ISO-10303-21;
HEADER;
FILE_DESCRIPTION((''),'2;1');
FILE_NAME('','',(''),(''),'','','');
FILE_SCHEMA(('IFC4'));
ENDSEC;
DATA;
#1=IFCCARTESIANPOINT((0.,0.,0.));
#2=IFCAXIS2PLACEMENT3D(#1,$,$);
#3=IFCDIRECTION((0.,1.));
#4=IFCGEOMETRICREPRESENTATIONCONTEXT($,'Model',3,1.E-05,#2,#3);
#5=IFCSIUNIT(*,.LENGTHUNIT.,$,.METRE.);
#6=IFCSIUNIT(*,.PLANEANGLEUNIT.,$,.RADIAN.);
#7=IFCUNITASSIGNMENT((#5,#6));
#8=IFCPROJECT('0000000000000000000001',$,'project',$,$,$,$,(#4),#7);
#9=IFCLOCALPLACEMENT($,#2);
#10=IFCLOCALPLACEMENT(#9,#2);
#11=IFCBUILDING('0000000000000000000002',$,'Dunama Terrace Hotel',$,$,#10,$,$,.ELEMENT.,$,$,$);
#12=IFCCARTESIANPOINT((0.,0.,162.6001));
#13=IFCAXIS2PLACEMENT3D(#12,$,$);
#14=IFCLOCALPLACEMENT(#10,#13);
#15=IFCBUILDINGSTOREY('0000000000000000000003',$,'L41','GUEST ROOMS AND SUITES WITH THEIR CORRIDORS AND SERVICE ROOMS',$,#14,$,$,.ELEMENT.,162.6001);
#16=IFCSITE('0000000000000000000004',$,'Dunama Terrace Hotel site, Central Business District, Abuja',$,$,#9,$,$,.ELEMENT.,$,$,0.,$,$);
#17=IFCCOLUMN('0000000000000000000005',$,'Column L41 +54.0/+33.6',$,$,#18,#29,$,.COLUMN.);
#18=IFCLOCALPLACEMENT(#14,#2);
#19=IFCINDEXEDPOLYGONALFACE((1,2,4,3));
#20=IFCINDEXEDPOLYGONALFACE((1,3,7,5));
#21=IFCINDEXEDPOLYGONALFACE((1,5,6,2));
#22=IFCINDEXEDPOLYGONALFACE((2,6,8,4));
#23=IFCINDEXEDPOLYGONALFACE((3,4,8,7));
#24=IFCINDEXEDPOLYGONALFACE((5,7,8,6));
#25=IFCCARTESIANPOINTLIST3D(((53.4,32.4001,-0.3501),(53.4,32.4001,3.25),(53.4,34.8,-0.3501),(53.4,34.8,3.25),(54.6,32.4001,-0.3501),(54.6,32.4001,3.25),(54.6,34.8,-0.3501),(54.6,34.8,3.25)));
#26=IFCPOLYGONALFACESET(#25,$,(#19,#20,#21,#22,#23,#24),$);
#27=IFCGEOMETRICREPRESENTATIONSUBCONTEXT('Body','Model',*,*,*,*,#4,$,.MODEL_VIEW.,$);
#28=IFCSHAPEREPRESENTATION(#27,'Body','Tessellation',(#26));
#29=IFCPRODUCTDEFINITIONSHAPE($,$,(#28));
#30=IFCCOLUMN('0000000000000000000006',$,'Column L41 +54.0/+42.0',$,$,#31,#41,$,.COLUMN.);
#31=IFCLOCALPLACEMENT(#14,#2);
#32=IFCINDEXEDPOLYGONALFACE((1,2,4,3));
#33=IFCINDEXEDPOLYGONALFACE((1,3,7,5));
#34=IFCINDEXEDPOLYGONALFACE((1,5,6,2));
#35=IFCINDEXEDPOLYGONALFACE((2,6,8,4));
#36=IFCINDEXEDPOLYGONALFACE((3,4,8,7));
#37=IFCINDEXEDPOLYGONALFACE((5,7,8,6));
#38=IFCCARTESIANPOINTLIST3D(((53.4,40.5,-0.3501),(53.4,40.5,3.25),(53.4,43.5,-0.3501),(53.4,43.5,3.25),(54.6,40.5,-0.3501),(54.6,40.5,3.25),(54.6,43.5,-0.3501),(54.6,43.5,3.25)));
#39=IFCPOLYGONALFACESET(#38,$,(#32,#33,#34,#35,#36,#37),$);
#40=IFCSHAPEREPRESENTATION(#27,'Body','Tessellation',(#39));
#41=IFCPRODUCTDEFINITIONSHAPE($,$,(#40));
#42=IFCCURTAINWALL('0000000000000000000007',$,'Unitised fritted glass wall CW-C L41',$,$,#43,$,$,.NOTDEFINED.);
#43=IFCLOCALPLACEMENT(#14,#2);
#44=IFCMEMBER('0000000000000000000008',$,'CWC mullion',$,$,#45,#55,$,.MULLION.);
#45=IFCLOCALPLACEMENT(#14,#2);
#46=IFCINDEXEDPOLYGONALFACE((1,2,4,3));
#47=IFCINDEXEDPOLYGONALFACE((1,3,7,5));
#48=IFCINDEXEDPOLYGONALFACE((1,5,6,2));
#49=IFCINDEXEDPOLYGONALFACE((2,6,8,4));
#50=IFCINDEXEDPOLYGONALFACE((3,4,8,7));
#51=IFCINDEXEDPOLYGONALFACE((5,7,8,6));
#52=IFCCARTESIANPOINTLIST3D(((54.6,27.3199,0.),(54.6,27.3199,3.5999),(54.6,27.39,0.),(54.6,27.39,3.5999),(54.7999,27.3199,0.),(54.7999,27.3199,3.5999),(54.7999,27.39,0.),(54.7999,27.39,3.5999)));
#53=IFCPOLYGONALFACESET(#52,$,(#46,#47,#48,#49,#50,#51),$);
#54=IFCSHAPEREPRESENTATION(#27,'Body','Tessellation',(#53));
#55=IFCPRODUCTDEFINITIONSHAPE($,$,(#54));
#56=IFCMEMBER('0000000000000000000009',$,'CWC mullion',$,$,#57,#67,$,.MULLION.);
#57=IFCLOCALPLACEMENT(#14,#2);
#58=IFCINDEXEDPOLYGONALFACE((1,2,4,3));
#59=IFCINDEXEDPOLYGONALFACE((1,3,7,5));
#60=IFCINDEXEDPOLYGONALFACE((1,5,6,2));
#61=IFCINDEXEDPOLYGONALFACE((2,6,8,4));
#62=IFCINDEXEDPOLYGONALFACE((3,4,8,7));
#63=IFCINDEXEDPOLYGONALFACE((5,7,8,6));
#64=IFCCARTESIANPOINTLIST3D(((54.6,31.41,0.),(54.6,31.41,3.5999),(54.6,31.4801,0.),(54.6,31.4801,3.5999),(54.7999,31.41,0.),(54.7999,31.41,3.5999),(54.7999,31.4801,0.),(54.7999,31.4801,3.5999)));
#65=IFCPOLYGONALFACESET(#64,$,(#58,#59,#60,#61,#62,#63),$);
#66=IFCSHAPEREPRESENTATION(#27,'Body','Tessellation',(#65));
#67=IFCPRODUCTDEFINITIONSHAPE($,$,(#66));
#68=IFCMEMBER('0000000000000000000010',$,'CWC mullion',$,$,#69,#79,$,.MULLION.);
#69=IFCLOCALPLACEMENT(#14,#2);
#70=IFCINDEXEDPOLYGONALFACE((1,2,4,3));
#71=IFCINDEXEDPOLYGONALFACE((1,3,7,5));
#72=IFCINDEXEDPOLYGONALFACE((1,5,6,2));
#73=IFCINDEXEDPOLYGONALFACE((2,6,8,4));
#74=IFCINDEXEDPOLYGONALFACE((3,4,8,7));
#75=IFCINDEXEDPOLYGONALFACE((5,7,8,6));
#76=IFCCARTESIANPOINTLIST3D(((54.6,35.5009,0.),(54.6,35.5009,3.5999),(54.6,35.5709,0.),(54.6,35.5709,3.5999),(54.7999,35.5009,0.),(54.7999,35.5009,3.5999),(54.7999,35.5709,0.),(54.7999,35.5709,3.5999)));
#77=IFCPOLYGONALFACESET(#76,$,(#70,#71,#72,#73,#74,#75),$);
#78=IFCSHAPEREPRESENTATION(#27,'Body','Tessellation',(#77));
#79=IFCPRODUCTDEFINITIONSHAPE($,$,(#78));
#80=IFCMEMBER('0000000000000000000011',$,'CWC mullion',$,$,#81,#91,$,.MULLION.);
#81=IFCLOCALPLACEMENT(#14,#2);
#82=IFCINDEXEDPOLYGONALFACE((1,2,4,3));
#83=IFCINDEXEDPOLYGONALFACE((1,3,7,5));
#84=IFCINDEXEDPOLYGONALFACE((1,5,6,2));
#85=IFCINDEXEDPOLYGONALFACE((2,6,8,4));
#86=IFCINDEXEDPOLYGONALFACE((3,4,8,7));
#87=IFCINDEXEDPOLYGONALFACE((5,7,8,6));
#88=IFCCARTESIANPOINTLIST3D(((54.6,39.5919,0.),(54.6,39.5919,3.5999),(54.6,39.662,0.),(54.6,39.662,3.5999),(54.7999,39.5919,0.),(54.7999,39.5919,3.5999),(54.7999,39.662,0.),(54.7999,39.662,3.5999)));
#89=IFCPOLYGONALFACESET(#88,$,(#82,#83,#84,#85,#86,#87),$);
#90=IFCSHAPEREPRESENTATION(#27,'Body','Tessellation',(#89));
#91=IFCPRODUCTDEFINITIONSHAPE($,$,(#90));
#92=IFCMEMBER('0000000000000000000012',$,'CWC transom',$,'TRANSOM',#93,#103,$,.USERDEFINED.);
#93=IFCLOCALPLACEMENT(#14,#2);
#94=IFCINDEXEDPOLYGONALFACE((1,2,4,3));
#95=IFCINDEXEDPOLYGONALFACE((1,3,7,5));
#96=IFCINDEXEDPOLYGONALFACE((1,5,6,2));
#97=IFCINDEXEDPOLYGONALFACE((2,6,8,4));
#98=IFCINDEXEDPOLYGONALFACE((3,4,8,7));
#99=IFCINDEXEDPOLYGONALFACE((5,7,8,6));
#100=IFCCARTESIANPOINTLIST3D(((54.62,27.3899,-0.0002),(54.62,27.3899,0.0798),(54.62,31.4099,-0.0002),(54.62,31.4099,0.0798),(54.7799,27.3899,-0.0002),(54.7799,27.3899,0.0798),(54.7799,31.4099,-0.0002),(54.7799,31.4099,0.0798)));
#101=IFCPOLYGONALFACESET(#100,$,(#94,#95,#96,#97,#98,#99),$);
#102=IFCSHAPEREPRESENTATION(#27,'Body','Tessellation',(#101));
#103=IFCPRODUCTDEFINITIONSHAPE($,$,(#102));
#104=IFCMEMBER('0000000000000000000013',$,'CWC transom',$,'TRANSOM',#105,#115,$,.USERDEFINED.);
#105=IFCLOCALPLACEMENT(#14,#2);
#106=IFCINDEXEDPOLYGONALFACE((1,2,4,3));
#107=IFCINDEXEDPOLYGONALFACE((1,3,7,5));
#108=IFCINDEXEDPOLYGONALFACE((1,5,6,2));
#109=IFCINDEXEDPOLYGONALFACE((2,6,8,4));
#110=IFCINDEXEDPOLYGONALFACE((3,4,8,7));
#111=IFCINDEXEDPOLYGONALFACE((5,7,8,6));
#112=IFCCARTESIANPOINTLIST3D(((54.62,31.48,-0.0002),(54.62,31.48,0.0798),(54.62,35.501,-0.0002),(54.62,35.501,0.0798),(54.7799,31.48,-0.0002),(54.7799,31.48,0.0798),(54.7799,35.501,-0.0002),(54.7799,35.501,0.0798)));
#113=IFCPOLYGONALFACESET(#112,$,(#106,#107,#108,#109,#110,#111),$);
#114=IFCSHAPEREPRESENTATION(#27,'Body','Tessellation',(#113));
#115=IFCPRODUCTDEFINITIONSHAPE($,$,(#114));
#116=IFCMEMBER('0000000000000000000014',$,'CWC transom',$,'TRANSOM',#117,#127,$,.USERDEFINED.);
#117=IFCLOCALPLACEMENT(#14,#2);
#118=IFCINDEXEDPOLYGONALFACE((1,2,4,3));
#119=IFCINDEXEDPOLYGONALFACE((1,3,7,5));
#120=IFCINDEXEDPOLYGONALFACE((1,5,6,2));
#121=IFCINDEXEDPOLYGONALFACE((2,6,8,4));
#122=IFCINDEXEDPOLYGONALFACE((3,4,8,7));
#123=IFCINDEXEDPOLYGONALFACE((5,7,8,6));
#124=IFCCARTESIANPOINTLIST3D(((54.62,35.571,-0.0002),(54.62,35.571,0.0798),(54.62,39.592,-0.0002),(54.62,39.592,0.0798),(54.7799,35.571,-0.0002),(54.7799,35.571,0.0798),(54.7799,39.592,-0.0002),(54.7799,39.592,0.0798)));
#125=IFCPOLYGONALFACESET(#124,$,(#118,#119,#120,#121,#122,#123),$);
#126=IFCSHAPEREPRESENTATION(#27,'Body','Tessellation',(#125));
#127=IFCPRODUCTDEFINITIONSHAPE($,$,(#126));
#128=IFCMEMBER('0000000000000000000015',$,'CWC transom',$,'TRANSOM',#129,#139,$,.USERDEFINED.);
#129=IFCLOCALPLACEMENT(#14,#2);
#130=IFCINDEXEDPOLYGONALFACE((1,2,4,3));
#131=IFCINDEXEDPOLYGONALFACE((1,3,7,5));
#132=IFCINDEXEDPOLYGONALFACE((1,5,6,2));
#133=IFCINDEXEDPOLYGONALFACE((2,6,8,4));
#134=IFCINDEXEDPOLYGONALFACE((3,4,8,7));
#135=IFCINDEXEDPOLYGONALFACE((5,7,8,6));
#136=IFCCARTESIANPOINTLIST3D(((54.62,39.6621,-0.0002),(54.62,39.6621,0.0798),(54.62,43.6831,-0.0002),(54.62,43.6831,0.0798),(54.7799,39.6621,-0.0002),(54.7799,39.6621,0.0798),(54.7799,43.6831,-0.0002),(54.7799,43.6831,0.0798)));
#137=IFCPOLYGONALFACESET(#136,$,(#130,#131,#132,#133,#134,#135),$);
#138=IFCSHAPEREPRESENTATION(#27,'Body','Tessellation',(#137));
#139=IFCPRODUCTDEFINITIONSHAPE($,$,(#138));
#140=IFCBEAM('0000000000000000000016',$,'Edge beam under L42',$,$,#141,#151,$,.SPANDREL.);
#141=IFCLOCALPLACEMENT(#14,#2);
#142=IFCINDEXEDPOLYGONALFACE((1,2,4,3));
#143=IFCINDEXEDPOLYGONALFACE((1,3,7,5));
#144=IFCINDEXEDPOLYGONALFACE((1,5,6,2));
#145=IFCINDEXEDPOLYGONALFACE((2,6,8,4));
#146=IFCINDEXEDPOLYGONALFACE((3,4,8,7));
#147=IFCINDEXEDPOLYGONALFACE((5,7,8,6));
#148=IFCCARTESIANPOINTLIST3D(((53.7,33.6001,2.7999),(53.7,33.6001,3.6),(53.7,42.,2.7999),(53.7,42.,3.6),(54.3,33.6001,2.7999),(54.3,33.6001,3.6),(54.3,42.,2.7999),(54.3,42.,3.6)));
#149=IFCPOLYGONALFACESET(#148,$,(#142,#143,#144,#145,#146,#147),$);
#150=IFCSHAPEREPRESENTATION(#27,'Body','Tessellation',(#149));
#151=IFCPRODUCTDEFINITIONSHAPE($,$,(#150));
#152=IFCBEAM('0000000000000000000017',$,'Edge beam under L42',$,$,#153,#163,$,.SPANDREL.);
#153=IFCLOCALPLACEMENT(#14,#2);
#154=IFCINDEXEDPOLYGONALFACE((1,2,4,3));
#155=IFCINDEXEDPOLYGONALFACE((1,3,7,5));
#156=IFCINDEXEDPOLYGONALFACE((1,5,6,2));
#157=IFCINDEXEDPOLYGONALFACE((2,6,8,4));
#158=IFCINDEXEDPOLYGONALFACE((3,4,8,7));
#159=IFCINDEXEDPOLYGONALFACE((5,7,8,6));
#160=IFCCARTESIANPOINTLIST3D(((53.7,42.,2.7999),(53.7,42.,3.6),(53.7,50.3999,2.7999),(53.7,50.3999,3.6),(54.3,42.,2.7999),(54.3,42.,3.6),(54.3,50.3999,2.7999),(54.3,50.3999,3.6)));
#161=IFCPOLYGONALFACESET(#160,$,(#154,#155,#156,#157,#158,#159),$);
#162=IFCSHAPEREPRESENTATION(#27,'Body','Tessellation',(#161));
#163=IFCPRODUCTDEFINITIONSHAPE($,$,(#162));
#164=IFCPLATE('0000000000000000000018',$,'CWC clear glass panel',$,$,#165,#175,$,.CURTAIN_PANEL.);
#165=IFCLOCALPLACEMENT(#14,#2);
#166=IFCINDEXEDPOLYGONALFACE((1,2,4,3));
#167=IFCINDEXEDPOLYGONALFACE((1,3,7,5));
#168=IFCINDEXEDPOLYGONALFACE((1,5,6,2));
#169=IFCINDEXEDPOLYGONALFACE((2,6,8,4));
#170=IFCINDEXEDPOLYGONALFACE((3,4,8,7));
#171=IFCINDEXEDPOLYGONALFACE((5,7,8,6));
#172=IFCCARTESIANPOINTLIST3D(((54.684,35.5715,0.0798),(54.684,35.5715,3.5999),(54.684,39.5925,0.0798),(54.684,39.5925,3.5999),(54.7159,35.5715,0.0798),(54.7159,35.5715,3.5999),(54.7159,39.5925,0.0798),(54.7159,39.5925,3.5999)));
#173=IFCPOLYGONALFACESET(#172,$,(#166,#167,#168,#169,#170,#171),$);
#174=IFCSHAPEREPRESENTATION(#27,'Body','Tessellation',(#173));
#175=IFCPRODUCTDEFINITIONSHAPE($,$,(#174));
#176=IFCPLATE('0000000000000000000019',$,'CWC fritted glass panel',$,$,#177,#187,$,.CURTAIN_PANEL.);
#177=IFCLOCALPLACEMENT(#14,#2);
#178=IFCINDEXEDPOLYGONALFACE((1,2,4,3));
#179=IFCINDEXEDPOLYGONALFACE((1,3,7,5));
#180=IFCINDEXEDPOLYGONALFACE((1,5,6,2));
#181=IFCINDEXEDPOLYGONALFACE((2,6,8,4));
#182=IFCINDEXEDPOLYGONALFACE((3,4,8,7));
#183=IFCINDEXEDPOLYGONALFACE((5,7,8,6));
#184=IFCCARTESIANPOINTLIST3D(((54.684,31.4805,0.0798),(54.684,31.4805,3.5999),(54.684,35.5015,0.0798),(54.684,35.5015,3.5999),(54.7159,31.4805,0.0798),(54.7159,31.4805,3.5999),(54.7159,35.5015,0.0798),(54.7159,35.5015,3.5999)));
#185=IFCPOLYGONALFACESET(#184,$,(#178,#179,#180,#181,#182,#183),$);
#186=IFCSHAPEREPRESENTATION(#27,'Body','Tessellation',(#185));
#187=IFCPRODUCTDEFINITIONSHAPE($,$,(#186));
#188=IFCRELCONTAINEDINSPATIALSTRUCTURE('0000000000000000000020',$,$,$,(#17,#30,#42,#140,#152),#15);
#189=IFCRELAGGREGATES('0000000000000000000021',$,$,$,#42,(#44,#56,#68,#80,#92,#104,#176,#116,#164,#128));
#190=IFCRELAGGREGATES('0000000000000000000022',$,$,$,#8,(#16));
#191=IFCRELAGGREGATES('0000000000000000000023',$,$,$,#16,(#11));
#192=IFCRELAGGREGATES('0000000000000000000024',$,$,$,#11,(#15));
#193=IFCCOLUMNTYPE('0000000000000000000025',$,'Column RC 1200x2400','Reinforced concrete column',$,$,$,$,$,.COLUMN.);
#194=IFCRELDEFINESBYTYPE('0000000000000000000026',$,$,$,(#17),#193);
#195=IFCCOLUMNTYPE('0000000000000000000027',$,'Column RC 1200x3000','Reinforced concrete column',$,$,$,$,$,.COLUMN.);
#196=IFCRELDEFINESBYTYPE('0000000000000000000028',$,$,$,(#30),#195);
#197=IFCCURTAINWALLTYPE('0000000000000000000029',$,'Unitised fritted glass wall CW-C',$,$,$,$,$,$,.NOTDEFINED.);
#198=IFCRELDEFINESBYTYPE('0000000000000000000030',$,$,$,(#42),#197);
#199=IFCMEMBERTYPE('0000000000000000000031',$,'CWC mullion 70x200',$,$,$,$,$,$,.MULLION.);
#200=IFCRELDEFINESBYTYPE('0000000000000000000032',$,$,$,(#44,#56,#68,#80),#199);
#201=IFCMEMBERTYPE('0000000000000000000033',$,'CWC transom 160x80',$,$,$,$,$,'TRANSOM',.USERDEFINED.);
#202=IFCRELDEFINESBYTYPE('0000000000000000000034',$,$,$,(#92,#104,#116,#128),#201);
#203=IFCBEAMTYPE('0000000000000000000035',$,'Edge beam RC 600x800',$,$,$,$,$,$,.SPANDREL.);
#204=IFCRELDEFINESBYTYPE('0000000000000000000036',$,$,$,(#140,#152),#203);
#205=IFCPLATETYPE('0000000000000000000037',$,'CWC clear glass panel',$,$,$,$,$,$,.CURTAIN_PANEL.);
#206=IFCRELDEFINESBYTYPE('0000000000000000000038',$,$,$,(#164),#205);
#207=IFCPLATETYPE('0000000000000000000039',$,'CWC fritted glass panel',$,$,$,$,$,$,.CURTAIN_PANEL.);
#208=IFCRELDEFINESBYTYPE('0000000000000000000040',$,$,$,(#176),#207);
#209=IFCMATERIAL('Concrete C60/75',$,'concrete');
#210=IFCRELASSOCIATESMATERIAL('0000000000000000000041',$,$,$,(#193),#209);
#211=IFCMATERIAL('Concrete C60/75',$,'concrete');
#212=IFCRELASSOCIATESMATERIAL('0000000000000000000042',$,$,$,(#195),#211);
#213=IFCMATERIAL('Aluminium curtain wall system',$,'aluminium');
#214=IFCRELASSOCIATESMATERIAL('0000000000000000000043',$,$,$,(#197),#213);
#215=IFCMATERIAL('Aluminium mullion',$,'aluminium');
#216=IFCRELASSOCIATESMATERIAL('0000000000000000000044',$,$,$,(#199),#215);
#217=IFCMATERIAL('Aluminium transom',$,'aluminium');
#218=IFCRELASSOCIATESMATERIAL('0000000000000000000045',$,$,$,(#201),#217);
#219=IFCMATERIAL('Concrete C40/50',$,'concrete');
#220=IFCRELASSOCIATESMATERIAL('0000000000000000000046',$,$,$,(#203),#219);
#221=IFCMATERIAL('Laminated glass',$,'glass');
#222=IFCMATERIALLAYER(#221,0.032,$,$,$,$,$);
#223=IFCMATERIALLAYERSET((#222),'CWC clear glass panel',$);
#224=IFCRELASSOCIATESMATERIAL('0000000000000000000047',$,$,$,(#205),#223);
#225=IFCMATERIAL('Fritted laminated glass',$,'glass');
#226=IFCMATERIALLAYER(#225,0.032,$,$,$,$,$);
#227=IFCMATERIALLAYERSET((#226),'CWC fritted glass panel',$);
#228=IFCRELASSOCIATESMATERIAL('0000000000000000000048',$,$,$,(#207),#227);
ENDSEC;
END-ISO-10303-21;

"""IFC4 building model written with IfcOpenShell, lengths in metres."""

from ifc_helpers import new_model, si_unit, direction, frame, origin, origin_2d, place, context, subcontext, project, spatial, rectangle, extrude, material, layer, layer_set, material_profile, profile_set, type_object, element, aggregate, save


model = new_model("IFC4")

# Units and contexts
model_context = context("Model", 3, precision=1e-05, world=origin(), true_north=direction((0.0, 1.0)))
body_context = subcontext(model_context, "Body", "Model", "MODEL_VIEW")
ifc_project = project(units=[si_unit("LENGTHUNIT", "METRE"), si_unit("PLANEANGLEUNIT", "RADIAN")], contexts=[model_context])

# Site, building, storey
site_placement = place(None, origin())
site = spatial("IfcSite", under=ifc_project, at=site_placement, Name="Dunama Terrace Hotel site, Central Business District, Abuja", CompositionType="ELEMENT", RefElevation=0.0)
building_placement = place(site_placement, origin())
building = spatial("IfcBuilding", under=site, at=building_placement, Name="Dunama Terrace Hotel", CompositionType="ELEMENT")
storey_placement = place(building_placement, frame((0.0, 0.0, 162.6001)))
storey = spatial("IfcBuildingStorey", under=building, at=storey_placement, Name="L41", Description="GUEST ROOMS AND SUITES WITH THEIR CORRIDORS AND SERVICE ROOMS", CompositionType="ELEMENT", Elevation=162.6001)

# Columns
ifc_material_1 = material(Name="Concrete C60/75", Category="concrete")
ifc_material_profile_1 = material_profile(ifc_material_1, rectangle(XDim=1.2, YDim=2.3999, at=origin_2d()), Name="RC 1200x2400")
ifc_profile_set_1 = profile_set([ifc_material_profile_1], Name="Concrete C60/75")
column_type_1 = type_object("IfcColumnType", Name="Column RC 1200x2400", Description="Reinforced concrete column", PredefinedType="COLUMN", material=ifc_profile_set_1)
column_1_placement = place(storey_placement, frame((54.0, 33.6001, -0.3501), z_axis=(0.0, 0.0, 1.0), x_axis=(1.0, 0.0, 0.0)))
element("IfcColumn", 1, at=column_1_placement, inside=storey, type_object=column_type_1, Name="Column L41 +54.0/+33.6", PredefinedType="COLUMN", context=body_context, shape_type="SweptSolid", body=[
    extrude(rectangle(XDim=1.2, YDim=2.3999, at=origin_2d()), origin(), (0.0, 0.0, 1.0), 3.6001),
])
ifc_material_2 = material(Name="Concrete C60/75", Category="concrete")
ifc_material_profile_2 = material_profile(ifc_material_2, rectangle(XDim=1.2, YDim=3.0, at=origin_2d()), Name="RC 1200x3000")
ifc_profile_set_2 = profile_set([ifc_material_profile_2], Name="Concrete C60/75")
column_type_2 = type_object("IfcColumnType", Name="Column RC 1200x3000", Description="Reinforced concrete column", PredefinedType="COLUMN", material=ifc_profile_set_2)
column_2_placement = place(storey_placement, frame((54.0, 42.0, -0.3501), z_axis=(0.0, 0.0, 1.0), x_axis=(1.0, 0.0, 0.0)))
element("IfcColumn", 2, at=column_2_placement, inside=storey, type_object=column_type_2, Name="Column L41 +54.0/+42.0", PredefinedType="COLUMN", context=body_context, shape_type="SweptSolid", body=[
    extrude(rectangle(XDim=1.2, YDim=3.0, at=origin_2d()), origin(), (0.0, 0.0, 1.0), 3.6001),
])

# Curtain wall, members
ifc_material_3 = material(Name="Aluminium curtain wall system", Category="aluminium")
curtain_wall_type = type_object("IfcCurtainWallType", Name="Unitised fritted glass wall CW-C", PredefinedType="NOTDEFINED", material=ifc_material_3)
curtain_wall_placement = place(storey_placement, origin())
curtain_wall = element("IfcCurtainWall", 3, at=curtain_wall_placement, inside=storey, type_object=curtain_wall_type, Name="Unitised fritted glass wall CW-C L41", PredefinedType="NOTDEFINED")
ifc_material_4 = material(Name="Aluminium mullion", Category="aluminium")
ifc_material_profile_3 = material_profile(ifc_material_4, rectangle(XDim=0.0701, YDim=0.2, at=origin_2d()), Name="CWC MULLION 70X200")
ifc_profile_set_3 = profile_set([ifc_material_profile_3], Name="Aluminium mullion")
member_type_1 = type_object("IfcMemberType", Name="CWC mullion 70x200", PredefinedType="MULLION", material=ifc_profile_set_3)
member_1_placement = place(storey_placement, frame((54.7, 27.355, 0.0), z_axis=(0.0, 0.0, 1.0), x_axis=(0.0, 1.0, 0.0)))
member_1 = element("IfcMember", 4, at=member_1_placement, type_object=member_type_1, Name="CWC mullion", PredefinedType="MULLION", context=body_context, shape_type="SweptSolid", body=[
    extrude(rectangle(XDim=0.0701, YDim=0.2, at=origin_2d()), origin(), (0.0, 0.0, 1.0), 3.5999),
])
member_2_placement = place(storey_placement, frame((54.7, 31.4451, 0.0), z_axis=(0.0, 0.0, 1.0), x_axis=(0.0, 1.0, 0.0)))
member_2 = element("IfcMember", 5, at=member_2_placement, type_object=member_type_1, Name="CWC mullion", PredefinedType="MULLION", context=body_context, shape_type="SweptSolid", body=[
    extrude(rectangle(XDim=0.0701, YDim=0.2, at=origin_2d()), origin(), (0.0, 0.0, 1.0), 3.5999),
])
member_3_placement = place(storey_placement, frame((54.7, 35.5359, 0.0), z_axis=(0.0, 0.0, 1.0), x_axis=(0.0, 1.0, 0.0)))
member_3 = element("IfcMember", 6, at=member_3_placement, type_object=member_type_1, Name="CWC mullion", PredefinedType="MULLION", context=body_context, shape_type="SweptSolid", body=[
    extrude(rectangle(XDim=0.0701, YDim=0.2, at=origin_2d()), origin(), (0.0, 0.0, 1.0), 3.5999),
])
member_4_placement = place(storey_placement, frame((54.7, 39.627, 0.0), z_axis=(0.0, 0.0, 1.0), x_axis=(0.0, 1.0, 0.0)))
member_4 = element("IfcMember", 7, at=member_4_placement, type_object=member_type_1, Name="CWC mullion", PredefinedType="MULLION", context=body_context, shape_type="SweptSolid", body=[
    extrude(rectangle(XDim=0.0701, YDim=0.2, at=origin_2d()), origin(), (0.0, 0.0, 1.0), 3.5999),
])
ifc_material_5 = material(Name="Aluminium transom", Category="aluminium")
ifc_material_profile_4 = material_profile(ifc_material_5, rectangle(XDim=0.1599, YDim=0.0801, at=origin_2d()), Name="CWC TRANSOM 160X80")
ifc_profile_set_4 = profile_set([ifc_material_profile_4], Name="Aluminium transom")
member_type_2 = type_object("IfcMemberType", Name="CWC transom 160x80", ElementType="TRANSOM", PredefinedType="USERDEFINED", material=ifc_profile_set_4)
member_5_placement = place(storey_placement, frame((54.7, 27.3899, 0.0398), z_axis=(0.0, 1.0, 0.0), x_axis=(-1.0, 0.0, 0.0)))
member_5 = element("IfcMember", 8, at=member_5_placement, type_object=member_type_2, Name="CWC transom", ObjectType="TRANSOM", PredefinedType="USERDEFINED", context=body_context, shape_type="SweptSolid", body=[
    extrude(rectangle(XDim=0.1599, YDim=0.0801, at=origin_2d()), origin(), (0.0, 0.0, 1.0), 4.02),
])
member_6_placement = place(storey_placement, frame((54.7, 31.48, 0.0398), z_axis=(0.0, 1.0, 0.0), x_axis=(-1.0, 0.0, 0.0)))
member_6 = element("IfcMember", 9, at=member_6_placement, type_object=member_type_2, Name="CWC transom", ObjectType="TRANSOM", PredefinedType="USERDEFINED", context=body_context, shape_type="SweptSolid", body=[
    extrude(rectangle(XDim=0.1599, YDim=0.0801, at=origin_2d()), origin(), (0.0, 0.0, 1.0), 4.021),
])
member_7_placement = place(storey_placement, frame((54.7, 35.571, 0.0398), z_axis=(0.0, 1.0, 0.0), x_axis=(-1.0, 0.0, 0.0)))
member_7 = element("IfcMember", 10, at=member_7_placement, type_object=member_type_2, Name="CWC transom", ObjectType="TRANSOM", PredefinedType="USERDEFINED", context=body_context, shape_type="SweptSolid", body=[
    extrude(rectangle(XDim=0.1599, YDim=0.0801, at=origin_2d()), origin(), (0.0, 0.0, 1.0), 4.021),
])
member_8_placement = place(storey_placement, frame((54.7, 39.6621, 0.0398), z_axis=(0.0, 1.0, 0.0), x_axis=(-1.0, 0.0, 0.0)))
member_8 = element("IfcMember", 11, at=member_8_placement, type_object=member_type_2, Name="CWC transom", ObjectType="TRANSOM", PredefinedType="USERDEFINED", context=body_context, shape_type="SweptSolid", body=[
    extrude(rectangle(XDim=0.1599, YDim=0.0801, at=origin_2d()), origin(), (0.0, 0.0, 1.0), 4.021),
])

# Beams
ifc_material_6 = material(Name="Concrete C40/50", Category="concrete")
ifc_material_profile_5 = material_profile(ifc_material_6, rectangle(XDim=0.6001, YDim=0.8, at=origin_2d()), Name="RC 600x800")
ifc_profile_set_5 = profile_set([ifc_material_profile_5], Name="Concrete C40/50")
beam_type = type_object("IfcBeamType", Name="Edge beam RC 600x800", PredefinedType="SPANDREL", material=ifc_profile_set_5)
for number, where, z_axis, x_axis, name in (
    (12, (54.0, 33.6001, 3.2), (0.0, 1.0, 0.0), (-1.0, 0.0, 0.0), "Edge beam under L42"),
    (13, (54.0, 42.0, 3.2), (0.0, 1.0, 0.0), (-1.0, 0.0, 0.0), "Edge beam under L42"),
):
    element("IfcBeam", number, at=place(storey_placement, frame(where, z_axis=z_axis, x_axis=x_axis)), inside=storey, type_object=beam_type, Name=name, PredefinedType="SPANDREL", context=body_context, shape_type="SweptSolid", body=[
        extrude(rectangle(XDim=0.6001, YDim=0.8, at=origin_2d()), origin(), (0.0, 0.0, 1.0), 8.3999),
    ])

# Plates
ifc_material_7 = material(Name="Laminated glass", Category="glass")
ifc_layer_1 = layer(ifc_material_7, 0.032)
ifc_layer_set_1 = layer_set([ifc_layer_1], Name="CWC clear glass panel")
plate_type_1 = type_object("IfcPlateType", Name="CWC clear glass panel", PredefinedType="CURTAIN_PANEL", material=ifc_layer_set_1)
plate_1_placement = place(storey_placement, frame((54.7, 37.582, 0.0798), z_axis=(0.0, 0.0, 1.0), x_axis=(0.0, 1.0, 0.0)))
plate_1 = element("IfcPlate", 14, at=plate_1_placement, type_object=plate_type_1, Name="CWC clear glass panel", PredefinedType="CURTAIN_PANEL", context=body_context, shape_type="SweptSolid", body=[
    extrude(rectangle(XDim=4.021, YDim=0.032, at=origin_2d()), origin(), (0.0, 0.0, 1.0), 3.52),
])
ifc_material_8 = material(Name="Fritted laminated glass", Category="glass")
ifc_layer_2 = layer(ifc_material_8, 0.032)
ifc_layer_set_2 = layer_set([ifc_layer_2], Name="CWC fritted glass panel")
plate_type_2 = type_object("IfcPlateType", Name="CWC fritted glass panel", PredefinedType="CURTAIN_PANEL", material=ifc_layer_set_2)
plate_2_placement = place(storey_placement, frame((54.7, 33.491, 0.0798), z_axis=(0.0, 0.0, 1.0), x_axis=(0.0, 1.0, 0.0)))
plate_2 = element("IfcPlate", 15, at=plate_2_placement, type_object=plate_type_2, Name="CWC fritted glass panel", PredefinedType="CURTAIN_PANEL", context=body_context, shape_type="SweptSolid", body=[
    extrude(rectangle(XDim=4.021, YDim=0.032, at=origin_2d()), origin(), (0.0, 0.0, 1.0), 3.52),
])
aggregate(curtain_wall, [member_1, member_2, member_3, member_4, member_5, member_6, plate_2, member_7, plate_1, member_8])

save(model, "model.ifc")
